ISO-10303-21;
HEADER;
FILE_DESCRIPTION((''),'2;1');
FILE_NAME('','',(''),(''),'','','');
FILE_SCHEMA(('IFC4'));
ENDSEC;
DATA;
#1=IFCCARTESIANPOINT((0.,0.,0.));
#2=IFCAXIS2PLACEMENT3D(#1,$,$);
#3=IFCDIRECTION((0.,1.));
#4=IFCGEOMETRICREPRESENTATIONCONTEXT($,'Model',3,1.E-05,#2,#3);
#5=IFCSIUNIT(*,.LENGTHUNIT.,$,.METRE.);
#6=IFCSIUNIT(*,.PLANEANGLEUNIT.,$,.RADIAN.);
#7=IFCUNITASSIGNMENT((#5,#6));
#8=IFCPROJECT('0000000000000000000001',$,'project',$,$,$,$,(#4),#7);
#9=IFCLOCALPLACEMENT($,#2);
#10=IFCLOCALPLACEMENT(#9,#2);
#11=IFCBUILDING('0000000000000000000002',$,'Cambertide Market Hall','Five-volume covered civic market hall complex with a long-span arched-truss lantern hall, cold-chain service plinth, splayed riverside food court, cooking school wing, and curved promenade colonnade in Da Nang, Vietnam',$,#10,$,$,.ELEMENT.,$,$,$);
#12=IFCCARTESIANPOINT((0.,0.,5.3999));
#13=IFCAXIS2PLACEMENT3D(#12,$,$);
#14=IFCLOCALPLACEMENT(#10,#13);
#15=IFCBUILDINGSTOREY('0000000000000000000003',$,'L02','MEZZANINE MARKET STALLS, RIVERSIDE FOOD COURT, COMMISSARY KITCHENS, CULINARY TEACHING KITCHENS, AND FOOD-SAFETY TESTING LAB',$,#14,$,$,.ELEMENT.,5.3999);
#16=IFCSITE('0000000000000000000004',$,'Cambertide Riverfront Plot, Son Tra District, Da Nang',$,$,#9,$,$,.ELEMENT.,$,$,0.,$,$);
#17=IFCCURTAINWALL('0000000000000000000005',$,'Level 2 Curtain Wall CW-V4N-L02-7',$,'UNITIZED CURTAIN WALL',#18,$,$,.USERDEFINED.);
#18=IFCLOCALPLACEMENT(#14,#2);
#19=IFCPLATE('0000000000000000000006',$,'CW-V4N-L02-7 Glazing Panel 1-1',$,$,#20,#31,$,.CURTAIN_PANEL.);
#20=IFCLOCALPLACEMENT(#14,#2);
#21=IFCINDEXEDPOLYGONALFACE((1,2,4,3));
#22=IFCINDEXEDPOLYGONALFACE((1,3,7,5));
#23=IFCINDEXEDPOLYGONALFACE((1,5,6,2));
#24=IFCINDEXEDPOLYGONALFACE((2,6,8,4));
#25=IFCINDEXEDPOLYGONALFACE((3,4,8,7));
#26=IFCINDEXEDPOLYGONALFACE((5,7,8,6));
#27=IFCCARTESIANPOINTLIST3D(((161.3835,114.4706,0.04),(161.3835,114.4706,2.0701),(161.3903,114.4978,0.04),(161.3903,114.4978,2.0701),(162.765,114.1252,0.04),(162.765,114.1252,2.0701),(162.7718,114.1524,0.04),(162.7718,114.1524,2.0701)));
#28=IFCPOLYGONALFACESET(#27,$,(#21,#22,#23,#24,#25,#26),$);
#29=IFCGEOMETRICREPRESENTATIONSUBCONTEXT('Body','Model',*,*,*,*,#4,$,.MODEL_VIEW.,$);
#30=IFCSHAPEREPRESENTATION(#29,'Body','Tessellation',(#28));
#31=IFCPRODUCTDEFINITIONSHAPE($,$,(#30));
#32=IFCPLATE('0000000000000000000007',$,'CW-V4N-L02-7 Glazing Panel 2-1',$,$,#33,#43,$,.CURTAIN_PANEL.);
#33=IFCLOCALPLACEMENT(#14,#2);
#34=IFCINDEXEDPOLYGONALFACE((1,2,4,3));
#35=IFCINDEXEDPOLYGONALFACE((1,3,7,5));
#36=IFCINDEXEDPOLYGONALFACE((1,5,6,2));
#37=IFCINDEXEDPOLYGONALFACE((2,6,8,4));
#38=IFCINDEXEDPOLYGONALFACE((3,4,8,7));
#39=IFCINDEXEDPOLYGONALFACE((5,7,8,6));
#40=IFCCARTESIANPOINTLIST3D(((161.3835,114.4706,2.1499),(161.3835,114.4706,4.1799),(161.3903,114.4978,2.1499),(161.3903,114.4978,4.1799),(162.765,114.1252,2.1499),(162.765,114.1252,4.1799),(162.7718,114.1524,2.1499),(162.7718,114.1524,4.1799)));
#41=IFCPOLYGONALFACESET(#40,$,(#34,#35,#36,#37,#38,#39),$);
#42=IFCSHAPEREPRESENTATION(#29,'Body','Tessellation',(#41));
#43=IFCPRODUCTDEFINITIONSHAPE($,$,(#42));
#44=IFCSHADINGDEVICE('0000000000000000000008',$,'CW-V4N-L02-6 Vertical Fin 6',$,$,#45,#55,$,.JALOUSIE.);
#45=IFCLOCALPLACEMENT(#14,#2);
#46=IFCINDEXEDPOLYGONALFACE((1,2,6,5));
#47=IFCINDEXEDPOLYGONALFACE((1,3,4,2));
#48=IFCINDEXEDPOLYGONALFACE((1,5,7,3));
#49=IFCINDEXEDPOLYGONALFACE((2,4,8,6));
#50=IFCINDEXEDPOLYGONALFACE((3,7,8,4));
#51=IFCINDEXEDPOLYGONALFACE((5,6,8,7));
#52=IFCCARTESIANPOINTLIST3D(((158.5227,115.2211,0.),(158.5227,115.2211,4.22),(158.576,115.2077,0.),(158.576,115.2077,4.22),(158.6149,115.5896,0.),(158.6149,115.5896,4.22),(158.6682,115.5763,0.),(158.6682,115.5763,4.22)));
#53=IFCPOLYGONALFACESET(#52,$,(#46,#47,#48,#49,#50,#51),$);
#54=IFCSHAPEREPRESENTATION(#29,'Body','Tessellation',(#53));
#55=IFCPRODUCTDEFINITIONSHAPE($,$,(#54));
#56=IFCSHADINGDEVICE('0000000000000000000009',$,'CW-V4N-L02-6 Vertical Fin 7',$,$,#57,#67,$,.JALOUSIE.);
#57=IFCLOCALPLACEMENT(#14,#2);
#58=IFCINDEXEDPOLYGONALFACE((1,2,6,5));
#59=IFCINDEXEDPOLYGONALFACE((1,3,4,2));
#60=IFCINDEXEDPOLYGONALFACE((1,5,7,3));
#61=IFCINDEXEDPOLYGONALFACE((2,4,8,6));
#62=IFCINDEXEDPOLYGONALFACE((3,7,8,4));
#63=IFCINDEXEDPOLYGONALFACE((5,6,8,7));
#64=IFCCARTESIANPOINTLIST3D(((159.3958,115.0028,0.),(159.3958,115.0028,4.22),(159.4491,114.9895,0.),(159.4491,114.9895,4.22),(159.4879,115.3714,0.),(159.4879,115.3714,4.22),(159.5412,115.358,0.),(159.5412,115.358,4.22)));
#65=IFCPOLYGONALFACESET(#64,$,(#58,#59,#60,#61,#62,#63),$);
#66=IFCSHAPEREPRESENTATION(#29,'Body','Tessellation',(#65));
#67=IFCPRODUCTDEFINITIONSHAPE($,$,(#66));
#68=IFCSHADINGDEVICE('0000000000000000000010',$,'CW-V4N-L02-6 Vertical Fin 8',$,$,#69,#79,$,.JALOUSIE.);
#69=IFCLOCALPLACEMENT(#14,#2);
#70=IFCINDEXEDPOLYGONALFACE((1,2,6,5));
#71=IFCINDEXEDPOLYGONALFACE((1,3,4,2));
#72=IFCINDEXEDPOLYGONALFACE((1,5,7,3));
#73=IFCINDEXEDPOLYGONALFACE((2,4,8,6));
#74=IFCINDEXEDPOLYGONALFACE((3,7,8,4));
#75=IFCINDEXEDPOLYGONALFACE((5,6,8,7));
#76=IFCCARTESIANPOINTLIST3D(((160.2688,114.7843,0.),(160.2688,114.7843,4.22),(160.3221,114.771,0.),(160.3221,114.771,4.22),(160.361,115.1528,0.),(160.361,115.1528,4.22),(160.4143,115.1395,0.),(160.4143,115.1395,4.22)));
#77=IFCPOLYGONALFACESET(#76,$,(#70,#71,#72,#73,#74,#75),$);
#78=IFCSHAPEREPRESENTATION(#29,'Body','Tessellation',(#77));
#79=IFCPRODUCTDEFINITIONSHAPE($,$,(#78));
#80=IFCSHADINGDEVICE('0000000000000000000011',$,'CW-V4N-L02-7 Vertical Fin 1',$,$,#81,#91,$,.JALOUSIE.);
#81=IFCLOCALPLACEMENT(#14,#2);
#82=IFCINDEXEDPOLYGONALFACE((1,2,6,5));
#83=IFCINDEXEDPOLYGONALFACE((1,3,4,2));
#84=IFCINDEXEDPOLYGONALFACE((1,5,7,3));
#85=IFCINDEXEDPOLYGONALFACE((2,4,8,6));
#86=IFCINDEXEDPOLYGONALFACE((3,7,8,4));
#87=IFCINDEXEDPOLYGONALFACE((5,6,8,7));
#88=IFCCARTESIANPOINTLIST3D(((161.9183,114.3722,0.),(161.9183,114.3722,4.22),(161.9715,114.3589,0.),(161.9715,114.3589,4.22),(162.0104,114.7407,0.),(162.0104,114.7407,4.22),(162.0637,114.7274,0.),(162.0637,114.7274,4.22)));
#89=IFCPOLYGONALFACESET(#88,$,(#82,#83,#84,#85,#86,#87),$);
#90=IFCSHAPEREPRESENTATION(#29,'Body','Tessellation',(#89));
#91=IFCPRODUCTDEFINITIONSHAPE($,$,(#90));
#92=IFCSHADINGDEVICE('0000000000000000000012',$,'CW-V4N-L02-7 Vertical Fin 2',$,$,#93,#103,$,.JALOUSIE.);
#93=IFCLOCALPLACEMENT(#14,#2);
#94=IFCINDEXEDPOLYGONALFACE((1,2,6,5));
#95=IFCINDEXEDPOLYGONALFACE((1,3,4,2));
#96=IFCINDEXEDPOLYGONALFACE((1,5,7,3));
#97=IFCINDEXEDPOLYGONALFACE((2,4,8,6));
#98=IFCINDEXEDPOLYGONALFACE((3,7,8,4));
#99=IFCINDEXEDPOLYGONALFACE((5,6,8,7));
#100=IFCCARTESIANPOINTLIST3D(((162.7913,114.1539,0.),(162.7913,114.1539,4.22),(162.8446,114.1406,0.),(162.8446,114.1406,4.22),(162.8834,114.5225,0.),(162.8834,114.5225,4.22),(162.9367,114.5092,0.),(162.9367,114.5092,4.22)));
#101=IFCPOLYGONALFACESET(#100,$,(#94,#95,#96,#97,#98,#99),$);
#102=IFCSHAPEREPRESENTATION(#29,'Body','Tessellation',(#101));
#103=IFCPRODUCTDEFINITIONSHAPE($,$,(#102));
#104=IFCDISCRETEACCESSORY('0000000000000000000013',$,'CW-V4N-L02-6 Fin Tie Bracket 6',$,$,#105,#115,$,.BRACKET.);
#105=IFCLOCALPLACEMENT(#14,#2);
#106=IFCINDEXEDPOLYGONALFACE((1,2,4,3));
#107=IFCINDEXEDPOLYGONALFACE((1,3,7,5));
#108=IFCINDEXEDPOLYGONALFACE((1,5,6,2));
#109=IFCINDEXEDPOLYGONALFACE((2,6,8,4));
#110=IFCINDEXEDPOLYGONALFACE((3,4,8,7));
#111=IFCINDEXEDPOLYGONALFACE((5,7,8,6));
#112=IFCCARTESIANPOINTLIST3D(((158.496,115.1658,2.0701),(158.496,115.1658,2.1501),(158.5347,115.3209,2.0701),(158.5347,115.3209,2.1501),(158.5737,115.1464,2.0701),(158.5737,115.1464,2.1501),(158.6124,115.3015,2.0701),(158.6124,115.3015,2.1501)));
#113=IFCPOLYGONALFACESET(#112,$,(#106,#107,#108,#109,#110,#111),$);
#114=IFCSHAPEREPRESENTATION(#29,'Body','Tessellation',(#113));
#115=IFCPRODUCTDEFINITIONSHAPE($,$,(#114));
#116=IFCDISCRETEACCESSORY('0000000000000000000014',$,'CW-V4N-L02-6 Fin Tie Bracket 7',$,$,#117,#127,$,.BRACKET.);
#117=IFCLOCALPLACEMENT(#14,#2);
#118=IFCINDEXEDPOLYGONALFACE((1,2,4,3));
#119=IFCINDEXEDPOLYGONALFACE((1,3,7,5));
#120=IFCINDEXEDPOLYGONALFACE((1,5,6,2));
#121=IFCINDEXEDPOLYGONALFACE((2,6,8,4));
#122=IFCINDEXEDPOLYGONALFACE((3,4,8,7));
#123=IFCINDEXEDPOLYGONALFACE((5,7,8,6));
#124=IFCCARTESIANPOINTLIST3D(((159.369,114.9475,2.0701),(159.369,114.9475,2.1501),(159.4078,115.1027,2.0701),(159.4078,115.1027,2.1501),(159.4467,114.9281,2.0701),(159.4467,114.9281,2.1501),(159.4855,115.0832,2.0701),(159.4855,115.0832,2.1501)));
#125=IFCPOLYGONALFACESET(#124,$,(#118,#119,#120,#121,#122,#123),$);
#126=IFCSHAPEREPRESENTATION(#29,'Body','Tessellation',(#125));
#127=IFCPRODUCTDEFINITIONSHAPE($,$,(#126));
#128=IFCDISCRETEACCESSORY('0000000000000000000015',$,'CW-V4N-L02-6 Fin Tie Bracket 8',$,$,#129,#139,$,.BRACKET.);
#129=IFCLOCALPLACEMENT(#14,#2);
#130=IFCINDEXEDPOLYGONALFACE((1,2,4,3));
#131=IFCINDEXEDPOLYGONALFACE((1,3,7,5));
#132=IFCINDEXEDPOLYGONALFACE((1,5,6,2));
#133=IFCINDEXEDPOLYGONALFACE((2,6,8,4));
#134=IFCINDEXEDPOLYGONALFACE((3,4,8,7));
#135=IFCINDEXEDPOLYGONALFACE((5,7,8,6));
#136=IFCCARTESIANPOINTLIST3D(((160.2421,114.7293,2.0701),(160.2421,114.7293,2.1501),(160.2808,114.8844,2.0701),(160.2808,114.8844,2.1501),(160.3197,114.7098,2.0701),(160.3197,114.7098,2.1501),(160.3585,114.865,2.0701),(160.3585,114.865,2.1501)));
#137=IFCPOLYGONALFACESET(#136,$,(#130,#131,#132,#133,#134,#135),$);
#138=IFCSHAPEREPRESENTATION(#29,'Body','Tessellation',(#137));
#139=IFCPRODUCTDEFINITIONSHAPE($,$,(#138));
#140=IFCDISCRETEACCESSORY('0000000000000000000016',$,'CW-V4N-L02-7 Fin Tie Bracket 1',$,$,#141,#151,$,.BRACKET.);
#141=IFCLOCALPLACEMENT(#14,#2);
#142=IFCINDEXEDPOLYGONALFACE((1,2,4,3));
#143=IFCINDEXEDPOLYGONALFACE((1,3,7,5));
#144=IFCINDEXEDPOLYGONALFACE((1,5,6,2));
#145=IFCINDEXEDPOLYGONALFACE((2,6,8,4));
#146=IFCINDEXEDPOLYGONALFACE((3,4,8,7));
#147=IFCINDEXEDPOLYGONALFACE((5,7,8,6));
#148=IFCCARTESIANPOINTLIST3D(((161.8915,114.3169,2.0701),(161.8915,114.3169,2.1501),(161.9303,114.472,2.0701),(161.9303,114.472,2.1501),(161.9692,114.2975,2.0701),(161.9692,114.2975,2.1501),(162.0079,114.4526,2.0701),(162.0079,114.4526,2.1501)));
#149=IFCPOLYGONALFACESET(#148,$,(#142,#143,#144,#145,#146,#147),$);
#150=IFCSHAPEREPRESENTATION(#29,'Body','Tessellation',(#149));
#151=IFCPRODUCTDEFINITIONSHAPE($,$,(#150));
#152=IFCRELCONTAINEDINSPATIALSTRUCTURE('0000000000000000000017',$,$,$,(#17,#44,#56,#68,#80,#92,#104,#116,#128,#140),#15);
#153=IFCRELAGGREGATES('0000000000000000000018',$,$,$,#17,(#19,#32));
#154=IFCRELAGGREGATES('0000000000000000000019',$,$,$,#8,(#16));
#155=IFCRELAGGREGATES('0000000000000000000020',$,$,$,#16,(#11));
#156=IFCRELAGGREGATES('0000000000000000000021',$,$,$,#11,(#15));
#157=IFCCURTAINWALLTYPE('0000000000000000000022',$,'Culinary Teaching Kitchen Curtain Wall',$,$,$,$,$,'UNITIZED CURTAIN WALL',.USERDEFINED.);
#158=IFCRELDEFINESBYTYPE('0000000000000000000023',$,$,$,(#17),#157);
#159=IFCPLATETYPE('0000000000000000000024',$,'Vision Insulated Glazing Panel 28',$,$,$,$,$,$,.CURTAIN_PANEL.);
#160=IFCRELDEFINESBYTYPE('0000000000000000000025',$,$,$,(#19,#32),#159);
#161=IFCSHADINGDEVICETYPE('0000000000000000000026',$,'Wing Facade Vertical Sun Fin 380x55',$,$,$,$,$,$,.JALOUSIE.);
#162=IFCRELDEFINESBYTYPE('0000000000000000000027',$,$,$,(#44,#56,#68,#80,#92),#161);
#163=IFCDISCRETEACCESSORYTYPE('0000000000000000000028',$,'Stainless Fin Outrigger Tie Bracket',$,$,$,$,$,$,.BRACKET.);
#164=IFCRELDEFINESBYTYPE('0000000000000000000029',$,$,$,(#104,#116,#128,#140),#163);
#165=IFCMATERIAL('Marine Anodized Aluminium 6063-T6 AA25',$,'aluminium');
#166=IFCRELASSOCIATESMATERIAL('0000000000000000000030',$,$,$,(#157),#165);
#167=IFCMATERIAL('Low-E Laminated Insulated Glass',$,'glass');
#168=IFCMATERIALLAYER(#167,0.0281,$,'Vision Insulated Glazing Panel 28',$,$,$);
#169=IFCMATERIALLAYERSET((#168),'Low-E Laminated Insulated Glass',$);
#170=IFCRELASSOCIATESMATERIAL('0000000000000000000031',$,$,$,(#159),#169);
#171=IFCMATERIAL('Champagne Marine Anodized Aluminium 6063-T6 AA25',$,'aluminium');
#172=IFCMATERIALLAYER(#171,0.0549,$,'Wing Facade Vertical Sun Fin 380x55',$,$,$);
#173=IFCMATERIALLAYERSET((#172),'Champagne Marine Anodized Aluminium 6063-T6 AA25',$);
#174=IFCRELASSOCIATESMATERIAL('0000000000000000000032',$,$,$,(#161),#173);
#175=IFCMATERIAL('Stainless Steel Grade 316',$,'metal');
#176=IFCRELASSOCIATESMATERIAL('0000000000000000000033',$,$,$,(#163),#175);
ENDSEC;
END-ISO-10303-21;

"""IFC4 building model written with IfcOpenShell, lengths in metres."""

from ifc_helpers import new_model, si_unit, direction, frame, origin, origin_2d, place, context, subcontext, project, spatial, rectangle, extrude, material, layer, layer_set, type_object, element, aggregate, save


model = new_model("IFC4")

# Units and contexts
model_context = context("Model", 3, precision=1e-05, world=origin(), true_north=direction((0.0, 1.0)))
body_context = subcontext(model_context, "Body", "Model", "MODEL_VIEW")
ifc_project = project(units=[si_unit("LENGTHUNIT", "METRE"), si_unit("PLANEANGLEUNIT", "RADIAN")], contexts=[model_context])

# Site, building, storey
site_placement = place(None, origin())
site = spatial("IfcSite", under=ifc_project, at=site_placement, Name="Cambertide Riverfront Plot, Son Tra District, Da Nang", CompositionType="ELEMENT", RefElevation=0.0)
building_placement = place(site_placement, origin())
building = spatial("IfcBuilding", under=site, at=building_placement, Name="Cambertide Market Hall", Description="Five-volume covered civic market hall complex with a long-span arched-truss lantern hall, cold-chain service plinth, splayed riverside food court, cooking school wing, and curved promenade colonnade in Da Nang, Vietnam", CompositionType="ELEMENT")
storey_placement = place(building_placement, frame((0.0, 0.0, 5.3999)))
storey = spatial("IfcBuildingStorey", under=building, at=storey_placement, Name="L02", Description="MEZZANINE MARKET STALLS, RIVERSIDE FOOD COURT, COMMISSARY KITCHENS, CULINARY TEACHING KITCHENS, AND FOOD-SAFETY TESTING LAB", CompositionType="ELEMENT", Elevation=5.3999)

# Shared definitions
ifc_material_1 = material(Name="Marine Anodized Aluminium 6063-T6 AA25", Category="aluminium")
curtain_wall_type = type_object("IfcCurtainWallType", Name="Culinary Teaching Kitchen Curtain Wall", ElementType="UNITIZED CURTAIN WALL", PredefinedType="USERDEFINED", material=ifc_material_1)

# Curtain wall
curtain_wall_1_placement = place(storey_placement, origin())
curtain_wall_1 = element("IfcCurtainWall", 1, at=curtain_wall_1_placement, inside=storey, type_object=curtain_wall_type, Name="Level 2 Curtain Wall CW-V4N-L02-7", ObjectType="UNITIZED CURTAIN WALL", PredefinedType="USERDEFINED")

# Plates
ifc_material_2 = material(Name="Low-E Laminated Insulated Glass", Category="glass")
ifc_layer_1 = layer(ifc_material_2, 0.0281, Name="Vision Insulated Glazing Panel 28")
ifc_layer_set_1 = layer_set([ifc_layer_1], Name="Low-E Laminated Insulated Glass")
plate_type = type_object("IfcPlateType", Name="Vision Insulated Glazing Panel 28", PredefinedType="CURTAIN_PANEL", material=ifc_layer_set_1)
plate_1_placement = place(storey_placement, frame((162.0776, 114.3115, 0.04), z_axis=(0.0, 0.0, 1.0), x_axis=(0.970143, -0.242536, 0.0)))
plate_1 = element("IfcPlate", 2, at=plate_1_placement, type_object=plate_type, Name="CW-V4N-L02-7 Glazing Panel 1-1", PredefinedType="CURTAIN_PANEL", context=body_context, shape_type="SweptSolid", body=[
    extrude(rectangle(XDim=1.4241, YDim=0.0281, at=origin_2d()), origin(), (0.0, 0.0, 1.0), 2.03),
])
plate_2_placement = place(storey_placement, frame((162.0776, 114.3115, 2.1499), z_axis=(0.0, 0.0, 1.0), x_axis=(0.970143, -0.242536, 0.0)))
plate_2 = element("IfcPlate", 3, at=plate_2_placement, type_object=plate_type, Name="CW-V4N-L02-7 Glazing Panel 2-1", PredefinedType="CURTAIN_PANEL", context=body_context, shape_type="SweptSolid", body=[
    extrude(rectangle(XDim=1.4241, YDim=0.0281, at=origin_2d()), origin(), (0.0, 0.0, 1.0), 2.03),
])
aggregate(curtain_wall_1, [plate_1, plate_2])

# Shading devices
ifc_material_3 = material(Name="Champagne Marine Anodized Aluminium 6063-T6 AA25", Category="aluminium")
ifc_layer_2 = layer(ifc_material_3, 0.0549, Name="Wing Facade Vertical Sun Fin 380x55")
ifc_layer_set_2 = layer_set([ifc_layer_2], Name="Champagne Marine Anodized Aluminium 6063-T6 AA25")
shading_device_type = type_object("IfcShadingDeviceType", Name="Wing Facade Vertical Sun Fin 380x55", PredefinedType="JALOUSIE", material=ifc_layer_set_2)
for number, where, z_axis, x_axis, name in (
    (4, (158.5955, 115.3987, 0.0), (0.0, 0.0, 1.0), (0.970143, -0.242536, 0.0), "CW-V4N-L02-6 Vertical Fin 6"),
    (5, (159.4685, 115.1804, 0.0), (0.0, 0.0, 1.0), (0.970143, -0.242536, 0.0), "CW-V4N-L02-6 Vertical Fin 7"),
    (6, (160.3416, 114.9619, 0.0), (0.0, 0.0, 1.0), (0.970143, -0.242536, 0.0), "CW-V4N-L02-6 Vertical Fin 8"),
    (7, (161.991, 114.5498, 0.0), (0.0, 0.0, 1.0), (0.970143, -0.242536, 0.0), "CW-V4N-L02-7 Vertical Fin 1"),
    (8, (162.864, 114.3315, 0.0), (0.0, 0.0, 1.0), (0.970143, -0.242536, 0.0), "CW-V4N-L02-7 Vertical Fin 2"),
):
    element("IfcShadingDevice", number, at=place(storey_placement, frame(where, z_axis=z_axis, x_axis=x_axis)), inside=storey, type_object=shading_device_type, Name=name, PredefinedType="JALOUSIE", context=body_context, shape_type="SweptSolid", body=[
        extrude(rectangle(XDim=0.0549, YDim=0.3799, at=origin_2d()), origin(), (0.0, 0.0, 1.0), 4.22),
    ])

# Discrete accessories
ifc_material_4 = material(Name="Stainless Steel Grade 316", Category="metal")
discrete_accessory_type = type_object("IfcDiscreteAccessoryType", Name="Stainless Fin Outrigger Tie Bracket", PredefinedType="BRACKET", material=ifc_material_4)
for number, where, z_axis, x_axis, name in (
    (9, (158.5542, 115.2336, 2.0701), (0.0, 0.0, 1.0), (0.970143, -0.242536, 0.0), "CW-V4N-L02-6 Fin Tie Bracket 6"),
    (10, (159.4272, 115.0154, 2.0701), (0.0, 0.0, 1.0), (0.970143, -0.242536, 0.0), "CW-V4N-L02-6 Fin Tie Bracket 7"),
    (11, (160.3003, 114.7971, 2.0701), (0.0, 0.0, 1.0), (0.970143, -0.242536, 0.0), "CW-V4N-L02-6 Fin Tie Bracket 8"),
    (12, (161.9497, 114.3848, 2.0701), (0.0, 0.0, 1.0), (0.970143, -0.242536, 0.0), "CW-V4N-L02-7 Fin Tie Bracket 1"),
):
    element("IfcDiscreteAccessory", number, at=place(storey_placement, frame(where, z_axis=z_axis, x_axis=x_axis)), inside=storey, type_object=discrete_accessory_type, Name=name, PredefinedType="BRACKET", context=body_context, shape_type="SweptSolid", body=[
        extrude(rectangle(XDim=0.0801, YDim=0.1599, at=origin_2d()), origin(), (0.0, 0.0, 1.0), 0.0801),
    ])

save(model, "model.ifc")
